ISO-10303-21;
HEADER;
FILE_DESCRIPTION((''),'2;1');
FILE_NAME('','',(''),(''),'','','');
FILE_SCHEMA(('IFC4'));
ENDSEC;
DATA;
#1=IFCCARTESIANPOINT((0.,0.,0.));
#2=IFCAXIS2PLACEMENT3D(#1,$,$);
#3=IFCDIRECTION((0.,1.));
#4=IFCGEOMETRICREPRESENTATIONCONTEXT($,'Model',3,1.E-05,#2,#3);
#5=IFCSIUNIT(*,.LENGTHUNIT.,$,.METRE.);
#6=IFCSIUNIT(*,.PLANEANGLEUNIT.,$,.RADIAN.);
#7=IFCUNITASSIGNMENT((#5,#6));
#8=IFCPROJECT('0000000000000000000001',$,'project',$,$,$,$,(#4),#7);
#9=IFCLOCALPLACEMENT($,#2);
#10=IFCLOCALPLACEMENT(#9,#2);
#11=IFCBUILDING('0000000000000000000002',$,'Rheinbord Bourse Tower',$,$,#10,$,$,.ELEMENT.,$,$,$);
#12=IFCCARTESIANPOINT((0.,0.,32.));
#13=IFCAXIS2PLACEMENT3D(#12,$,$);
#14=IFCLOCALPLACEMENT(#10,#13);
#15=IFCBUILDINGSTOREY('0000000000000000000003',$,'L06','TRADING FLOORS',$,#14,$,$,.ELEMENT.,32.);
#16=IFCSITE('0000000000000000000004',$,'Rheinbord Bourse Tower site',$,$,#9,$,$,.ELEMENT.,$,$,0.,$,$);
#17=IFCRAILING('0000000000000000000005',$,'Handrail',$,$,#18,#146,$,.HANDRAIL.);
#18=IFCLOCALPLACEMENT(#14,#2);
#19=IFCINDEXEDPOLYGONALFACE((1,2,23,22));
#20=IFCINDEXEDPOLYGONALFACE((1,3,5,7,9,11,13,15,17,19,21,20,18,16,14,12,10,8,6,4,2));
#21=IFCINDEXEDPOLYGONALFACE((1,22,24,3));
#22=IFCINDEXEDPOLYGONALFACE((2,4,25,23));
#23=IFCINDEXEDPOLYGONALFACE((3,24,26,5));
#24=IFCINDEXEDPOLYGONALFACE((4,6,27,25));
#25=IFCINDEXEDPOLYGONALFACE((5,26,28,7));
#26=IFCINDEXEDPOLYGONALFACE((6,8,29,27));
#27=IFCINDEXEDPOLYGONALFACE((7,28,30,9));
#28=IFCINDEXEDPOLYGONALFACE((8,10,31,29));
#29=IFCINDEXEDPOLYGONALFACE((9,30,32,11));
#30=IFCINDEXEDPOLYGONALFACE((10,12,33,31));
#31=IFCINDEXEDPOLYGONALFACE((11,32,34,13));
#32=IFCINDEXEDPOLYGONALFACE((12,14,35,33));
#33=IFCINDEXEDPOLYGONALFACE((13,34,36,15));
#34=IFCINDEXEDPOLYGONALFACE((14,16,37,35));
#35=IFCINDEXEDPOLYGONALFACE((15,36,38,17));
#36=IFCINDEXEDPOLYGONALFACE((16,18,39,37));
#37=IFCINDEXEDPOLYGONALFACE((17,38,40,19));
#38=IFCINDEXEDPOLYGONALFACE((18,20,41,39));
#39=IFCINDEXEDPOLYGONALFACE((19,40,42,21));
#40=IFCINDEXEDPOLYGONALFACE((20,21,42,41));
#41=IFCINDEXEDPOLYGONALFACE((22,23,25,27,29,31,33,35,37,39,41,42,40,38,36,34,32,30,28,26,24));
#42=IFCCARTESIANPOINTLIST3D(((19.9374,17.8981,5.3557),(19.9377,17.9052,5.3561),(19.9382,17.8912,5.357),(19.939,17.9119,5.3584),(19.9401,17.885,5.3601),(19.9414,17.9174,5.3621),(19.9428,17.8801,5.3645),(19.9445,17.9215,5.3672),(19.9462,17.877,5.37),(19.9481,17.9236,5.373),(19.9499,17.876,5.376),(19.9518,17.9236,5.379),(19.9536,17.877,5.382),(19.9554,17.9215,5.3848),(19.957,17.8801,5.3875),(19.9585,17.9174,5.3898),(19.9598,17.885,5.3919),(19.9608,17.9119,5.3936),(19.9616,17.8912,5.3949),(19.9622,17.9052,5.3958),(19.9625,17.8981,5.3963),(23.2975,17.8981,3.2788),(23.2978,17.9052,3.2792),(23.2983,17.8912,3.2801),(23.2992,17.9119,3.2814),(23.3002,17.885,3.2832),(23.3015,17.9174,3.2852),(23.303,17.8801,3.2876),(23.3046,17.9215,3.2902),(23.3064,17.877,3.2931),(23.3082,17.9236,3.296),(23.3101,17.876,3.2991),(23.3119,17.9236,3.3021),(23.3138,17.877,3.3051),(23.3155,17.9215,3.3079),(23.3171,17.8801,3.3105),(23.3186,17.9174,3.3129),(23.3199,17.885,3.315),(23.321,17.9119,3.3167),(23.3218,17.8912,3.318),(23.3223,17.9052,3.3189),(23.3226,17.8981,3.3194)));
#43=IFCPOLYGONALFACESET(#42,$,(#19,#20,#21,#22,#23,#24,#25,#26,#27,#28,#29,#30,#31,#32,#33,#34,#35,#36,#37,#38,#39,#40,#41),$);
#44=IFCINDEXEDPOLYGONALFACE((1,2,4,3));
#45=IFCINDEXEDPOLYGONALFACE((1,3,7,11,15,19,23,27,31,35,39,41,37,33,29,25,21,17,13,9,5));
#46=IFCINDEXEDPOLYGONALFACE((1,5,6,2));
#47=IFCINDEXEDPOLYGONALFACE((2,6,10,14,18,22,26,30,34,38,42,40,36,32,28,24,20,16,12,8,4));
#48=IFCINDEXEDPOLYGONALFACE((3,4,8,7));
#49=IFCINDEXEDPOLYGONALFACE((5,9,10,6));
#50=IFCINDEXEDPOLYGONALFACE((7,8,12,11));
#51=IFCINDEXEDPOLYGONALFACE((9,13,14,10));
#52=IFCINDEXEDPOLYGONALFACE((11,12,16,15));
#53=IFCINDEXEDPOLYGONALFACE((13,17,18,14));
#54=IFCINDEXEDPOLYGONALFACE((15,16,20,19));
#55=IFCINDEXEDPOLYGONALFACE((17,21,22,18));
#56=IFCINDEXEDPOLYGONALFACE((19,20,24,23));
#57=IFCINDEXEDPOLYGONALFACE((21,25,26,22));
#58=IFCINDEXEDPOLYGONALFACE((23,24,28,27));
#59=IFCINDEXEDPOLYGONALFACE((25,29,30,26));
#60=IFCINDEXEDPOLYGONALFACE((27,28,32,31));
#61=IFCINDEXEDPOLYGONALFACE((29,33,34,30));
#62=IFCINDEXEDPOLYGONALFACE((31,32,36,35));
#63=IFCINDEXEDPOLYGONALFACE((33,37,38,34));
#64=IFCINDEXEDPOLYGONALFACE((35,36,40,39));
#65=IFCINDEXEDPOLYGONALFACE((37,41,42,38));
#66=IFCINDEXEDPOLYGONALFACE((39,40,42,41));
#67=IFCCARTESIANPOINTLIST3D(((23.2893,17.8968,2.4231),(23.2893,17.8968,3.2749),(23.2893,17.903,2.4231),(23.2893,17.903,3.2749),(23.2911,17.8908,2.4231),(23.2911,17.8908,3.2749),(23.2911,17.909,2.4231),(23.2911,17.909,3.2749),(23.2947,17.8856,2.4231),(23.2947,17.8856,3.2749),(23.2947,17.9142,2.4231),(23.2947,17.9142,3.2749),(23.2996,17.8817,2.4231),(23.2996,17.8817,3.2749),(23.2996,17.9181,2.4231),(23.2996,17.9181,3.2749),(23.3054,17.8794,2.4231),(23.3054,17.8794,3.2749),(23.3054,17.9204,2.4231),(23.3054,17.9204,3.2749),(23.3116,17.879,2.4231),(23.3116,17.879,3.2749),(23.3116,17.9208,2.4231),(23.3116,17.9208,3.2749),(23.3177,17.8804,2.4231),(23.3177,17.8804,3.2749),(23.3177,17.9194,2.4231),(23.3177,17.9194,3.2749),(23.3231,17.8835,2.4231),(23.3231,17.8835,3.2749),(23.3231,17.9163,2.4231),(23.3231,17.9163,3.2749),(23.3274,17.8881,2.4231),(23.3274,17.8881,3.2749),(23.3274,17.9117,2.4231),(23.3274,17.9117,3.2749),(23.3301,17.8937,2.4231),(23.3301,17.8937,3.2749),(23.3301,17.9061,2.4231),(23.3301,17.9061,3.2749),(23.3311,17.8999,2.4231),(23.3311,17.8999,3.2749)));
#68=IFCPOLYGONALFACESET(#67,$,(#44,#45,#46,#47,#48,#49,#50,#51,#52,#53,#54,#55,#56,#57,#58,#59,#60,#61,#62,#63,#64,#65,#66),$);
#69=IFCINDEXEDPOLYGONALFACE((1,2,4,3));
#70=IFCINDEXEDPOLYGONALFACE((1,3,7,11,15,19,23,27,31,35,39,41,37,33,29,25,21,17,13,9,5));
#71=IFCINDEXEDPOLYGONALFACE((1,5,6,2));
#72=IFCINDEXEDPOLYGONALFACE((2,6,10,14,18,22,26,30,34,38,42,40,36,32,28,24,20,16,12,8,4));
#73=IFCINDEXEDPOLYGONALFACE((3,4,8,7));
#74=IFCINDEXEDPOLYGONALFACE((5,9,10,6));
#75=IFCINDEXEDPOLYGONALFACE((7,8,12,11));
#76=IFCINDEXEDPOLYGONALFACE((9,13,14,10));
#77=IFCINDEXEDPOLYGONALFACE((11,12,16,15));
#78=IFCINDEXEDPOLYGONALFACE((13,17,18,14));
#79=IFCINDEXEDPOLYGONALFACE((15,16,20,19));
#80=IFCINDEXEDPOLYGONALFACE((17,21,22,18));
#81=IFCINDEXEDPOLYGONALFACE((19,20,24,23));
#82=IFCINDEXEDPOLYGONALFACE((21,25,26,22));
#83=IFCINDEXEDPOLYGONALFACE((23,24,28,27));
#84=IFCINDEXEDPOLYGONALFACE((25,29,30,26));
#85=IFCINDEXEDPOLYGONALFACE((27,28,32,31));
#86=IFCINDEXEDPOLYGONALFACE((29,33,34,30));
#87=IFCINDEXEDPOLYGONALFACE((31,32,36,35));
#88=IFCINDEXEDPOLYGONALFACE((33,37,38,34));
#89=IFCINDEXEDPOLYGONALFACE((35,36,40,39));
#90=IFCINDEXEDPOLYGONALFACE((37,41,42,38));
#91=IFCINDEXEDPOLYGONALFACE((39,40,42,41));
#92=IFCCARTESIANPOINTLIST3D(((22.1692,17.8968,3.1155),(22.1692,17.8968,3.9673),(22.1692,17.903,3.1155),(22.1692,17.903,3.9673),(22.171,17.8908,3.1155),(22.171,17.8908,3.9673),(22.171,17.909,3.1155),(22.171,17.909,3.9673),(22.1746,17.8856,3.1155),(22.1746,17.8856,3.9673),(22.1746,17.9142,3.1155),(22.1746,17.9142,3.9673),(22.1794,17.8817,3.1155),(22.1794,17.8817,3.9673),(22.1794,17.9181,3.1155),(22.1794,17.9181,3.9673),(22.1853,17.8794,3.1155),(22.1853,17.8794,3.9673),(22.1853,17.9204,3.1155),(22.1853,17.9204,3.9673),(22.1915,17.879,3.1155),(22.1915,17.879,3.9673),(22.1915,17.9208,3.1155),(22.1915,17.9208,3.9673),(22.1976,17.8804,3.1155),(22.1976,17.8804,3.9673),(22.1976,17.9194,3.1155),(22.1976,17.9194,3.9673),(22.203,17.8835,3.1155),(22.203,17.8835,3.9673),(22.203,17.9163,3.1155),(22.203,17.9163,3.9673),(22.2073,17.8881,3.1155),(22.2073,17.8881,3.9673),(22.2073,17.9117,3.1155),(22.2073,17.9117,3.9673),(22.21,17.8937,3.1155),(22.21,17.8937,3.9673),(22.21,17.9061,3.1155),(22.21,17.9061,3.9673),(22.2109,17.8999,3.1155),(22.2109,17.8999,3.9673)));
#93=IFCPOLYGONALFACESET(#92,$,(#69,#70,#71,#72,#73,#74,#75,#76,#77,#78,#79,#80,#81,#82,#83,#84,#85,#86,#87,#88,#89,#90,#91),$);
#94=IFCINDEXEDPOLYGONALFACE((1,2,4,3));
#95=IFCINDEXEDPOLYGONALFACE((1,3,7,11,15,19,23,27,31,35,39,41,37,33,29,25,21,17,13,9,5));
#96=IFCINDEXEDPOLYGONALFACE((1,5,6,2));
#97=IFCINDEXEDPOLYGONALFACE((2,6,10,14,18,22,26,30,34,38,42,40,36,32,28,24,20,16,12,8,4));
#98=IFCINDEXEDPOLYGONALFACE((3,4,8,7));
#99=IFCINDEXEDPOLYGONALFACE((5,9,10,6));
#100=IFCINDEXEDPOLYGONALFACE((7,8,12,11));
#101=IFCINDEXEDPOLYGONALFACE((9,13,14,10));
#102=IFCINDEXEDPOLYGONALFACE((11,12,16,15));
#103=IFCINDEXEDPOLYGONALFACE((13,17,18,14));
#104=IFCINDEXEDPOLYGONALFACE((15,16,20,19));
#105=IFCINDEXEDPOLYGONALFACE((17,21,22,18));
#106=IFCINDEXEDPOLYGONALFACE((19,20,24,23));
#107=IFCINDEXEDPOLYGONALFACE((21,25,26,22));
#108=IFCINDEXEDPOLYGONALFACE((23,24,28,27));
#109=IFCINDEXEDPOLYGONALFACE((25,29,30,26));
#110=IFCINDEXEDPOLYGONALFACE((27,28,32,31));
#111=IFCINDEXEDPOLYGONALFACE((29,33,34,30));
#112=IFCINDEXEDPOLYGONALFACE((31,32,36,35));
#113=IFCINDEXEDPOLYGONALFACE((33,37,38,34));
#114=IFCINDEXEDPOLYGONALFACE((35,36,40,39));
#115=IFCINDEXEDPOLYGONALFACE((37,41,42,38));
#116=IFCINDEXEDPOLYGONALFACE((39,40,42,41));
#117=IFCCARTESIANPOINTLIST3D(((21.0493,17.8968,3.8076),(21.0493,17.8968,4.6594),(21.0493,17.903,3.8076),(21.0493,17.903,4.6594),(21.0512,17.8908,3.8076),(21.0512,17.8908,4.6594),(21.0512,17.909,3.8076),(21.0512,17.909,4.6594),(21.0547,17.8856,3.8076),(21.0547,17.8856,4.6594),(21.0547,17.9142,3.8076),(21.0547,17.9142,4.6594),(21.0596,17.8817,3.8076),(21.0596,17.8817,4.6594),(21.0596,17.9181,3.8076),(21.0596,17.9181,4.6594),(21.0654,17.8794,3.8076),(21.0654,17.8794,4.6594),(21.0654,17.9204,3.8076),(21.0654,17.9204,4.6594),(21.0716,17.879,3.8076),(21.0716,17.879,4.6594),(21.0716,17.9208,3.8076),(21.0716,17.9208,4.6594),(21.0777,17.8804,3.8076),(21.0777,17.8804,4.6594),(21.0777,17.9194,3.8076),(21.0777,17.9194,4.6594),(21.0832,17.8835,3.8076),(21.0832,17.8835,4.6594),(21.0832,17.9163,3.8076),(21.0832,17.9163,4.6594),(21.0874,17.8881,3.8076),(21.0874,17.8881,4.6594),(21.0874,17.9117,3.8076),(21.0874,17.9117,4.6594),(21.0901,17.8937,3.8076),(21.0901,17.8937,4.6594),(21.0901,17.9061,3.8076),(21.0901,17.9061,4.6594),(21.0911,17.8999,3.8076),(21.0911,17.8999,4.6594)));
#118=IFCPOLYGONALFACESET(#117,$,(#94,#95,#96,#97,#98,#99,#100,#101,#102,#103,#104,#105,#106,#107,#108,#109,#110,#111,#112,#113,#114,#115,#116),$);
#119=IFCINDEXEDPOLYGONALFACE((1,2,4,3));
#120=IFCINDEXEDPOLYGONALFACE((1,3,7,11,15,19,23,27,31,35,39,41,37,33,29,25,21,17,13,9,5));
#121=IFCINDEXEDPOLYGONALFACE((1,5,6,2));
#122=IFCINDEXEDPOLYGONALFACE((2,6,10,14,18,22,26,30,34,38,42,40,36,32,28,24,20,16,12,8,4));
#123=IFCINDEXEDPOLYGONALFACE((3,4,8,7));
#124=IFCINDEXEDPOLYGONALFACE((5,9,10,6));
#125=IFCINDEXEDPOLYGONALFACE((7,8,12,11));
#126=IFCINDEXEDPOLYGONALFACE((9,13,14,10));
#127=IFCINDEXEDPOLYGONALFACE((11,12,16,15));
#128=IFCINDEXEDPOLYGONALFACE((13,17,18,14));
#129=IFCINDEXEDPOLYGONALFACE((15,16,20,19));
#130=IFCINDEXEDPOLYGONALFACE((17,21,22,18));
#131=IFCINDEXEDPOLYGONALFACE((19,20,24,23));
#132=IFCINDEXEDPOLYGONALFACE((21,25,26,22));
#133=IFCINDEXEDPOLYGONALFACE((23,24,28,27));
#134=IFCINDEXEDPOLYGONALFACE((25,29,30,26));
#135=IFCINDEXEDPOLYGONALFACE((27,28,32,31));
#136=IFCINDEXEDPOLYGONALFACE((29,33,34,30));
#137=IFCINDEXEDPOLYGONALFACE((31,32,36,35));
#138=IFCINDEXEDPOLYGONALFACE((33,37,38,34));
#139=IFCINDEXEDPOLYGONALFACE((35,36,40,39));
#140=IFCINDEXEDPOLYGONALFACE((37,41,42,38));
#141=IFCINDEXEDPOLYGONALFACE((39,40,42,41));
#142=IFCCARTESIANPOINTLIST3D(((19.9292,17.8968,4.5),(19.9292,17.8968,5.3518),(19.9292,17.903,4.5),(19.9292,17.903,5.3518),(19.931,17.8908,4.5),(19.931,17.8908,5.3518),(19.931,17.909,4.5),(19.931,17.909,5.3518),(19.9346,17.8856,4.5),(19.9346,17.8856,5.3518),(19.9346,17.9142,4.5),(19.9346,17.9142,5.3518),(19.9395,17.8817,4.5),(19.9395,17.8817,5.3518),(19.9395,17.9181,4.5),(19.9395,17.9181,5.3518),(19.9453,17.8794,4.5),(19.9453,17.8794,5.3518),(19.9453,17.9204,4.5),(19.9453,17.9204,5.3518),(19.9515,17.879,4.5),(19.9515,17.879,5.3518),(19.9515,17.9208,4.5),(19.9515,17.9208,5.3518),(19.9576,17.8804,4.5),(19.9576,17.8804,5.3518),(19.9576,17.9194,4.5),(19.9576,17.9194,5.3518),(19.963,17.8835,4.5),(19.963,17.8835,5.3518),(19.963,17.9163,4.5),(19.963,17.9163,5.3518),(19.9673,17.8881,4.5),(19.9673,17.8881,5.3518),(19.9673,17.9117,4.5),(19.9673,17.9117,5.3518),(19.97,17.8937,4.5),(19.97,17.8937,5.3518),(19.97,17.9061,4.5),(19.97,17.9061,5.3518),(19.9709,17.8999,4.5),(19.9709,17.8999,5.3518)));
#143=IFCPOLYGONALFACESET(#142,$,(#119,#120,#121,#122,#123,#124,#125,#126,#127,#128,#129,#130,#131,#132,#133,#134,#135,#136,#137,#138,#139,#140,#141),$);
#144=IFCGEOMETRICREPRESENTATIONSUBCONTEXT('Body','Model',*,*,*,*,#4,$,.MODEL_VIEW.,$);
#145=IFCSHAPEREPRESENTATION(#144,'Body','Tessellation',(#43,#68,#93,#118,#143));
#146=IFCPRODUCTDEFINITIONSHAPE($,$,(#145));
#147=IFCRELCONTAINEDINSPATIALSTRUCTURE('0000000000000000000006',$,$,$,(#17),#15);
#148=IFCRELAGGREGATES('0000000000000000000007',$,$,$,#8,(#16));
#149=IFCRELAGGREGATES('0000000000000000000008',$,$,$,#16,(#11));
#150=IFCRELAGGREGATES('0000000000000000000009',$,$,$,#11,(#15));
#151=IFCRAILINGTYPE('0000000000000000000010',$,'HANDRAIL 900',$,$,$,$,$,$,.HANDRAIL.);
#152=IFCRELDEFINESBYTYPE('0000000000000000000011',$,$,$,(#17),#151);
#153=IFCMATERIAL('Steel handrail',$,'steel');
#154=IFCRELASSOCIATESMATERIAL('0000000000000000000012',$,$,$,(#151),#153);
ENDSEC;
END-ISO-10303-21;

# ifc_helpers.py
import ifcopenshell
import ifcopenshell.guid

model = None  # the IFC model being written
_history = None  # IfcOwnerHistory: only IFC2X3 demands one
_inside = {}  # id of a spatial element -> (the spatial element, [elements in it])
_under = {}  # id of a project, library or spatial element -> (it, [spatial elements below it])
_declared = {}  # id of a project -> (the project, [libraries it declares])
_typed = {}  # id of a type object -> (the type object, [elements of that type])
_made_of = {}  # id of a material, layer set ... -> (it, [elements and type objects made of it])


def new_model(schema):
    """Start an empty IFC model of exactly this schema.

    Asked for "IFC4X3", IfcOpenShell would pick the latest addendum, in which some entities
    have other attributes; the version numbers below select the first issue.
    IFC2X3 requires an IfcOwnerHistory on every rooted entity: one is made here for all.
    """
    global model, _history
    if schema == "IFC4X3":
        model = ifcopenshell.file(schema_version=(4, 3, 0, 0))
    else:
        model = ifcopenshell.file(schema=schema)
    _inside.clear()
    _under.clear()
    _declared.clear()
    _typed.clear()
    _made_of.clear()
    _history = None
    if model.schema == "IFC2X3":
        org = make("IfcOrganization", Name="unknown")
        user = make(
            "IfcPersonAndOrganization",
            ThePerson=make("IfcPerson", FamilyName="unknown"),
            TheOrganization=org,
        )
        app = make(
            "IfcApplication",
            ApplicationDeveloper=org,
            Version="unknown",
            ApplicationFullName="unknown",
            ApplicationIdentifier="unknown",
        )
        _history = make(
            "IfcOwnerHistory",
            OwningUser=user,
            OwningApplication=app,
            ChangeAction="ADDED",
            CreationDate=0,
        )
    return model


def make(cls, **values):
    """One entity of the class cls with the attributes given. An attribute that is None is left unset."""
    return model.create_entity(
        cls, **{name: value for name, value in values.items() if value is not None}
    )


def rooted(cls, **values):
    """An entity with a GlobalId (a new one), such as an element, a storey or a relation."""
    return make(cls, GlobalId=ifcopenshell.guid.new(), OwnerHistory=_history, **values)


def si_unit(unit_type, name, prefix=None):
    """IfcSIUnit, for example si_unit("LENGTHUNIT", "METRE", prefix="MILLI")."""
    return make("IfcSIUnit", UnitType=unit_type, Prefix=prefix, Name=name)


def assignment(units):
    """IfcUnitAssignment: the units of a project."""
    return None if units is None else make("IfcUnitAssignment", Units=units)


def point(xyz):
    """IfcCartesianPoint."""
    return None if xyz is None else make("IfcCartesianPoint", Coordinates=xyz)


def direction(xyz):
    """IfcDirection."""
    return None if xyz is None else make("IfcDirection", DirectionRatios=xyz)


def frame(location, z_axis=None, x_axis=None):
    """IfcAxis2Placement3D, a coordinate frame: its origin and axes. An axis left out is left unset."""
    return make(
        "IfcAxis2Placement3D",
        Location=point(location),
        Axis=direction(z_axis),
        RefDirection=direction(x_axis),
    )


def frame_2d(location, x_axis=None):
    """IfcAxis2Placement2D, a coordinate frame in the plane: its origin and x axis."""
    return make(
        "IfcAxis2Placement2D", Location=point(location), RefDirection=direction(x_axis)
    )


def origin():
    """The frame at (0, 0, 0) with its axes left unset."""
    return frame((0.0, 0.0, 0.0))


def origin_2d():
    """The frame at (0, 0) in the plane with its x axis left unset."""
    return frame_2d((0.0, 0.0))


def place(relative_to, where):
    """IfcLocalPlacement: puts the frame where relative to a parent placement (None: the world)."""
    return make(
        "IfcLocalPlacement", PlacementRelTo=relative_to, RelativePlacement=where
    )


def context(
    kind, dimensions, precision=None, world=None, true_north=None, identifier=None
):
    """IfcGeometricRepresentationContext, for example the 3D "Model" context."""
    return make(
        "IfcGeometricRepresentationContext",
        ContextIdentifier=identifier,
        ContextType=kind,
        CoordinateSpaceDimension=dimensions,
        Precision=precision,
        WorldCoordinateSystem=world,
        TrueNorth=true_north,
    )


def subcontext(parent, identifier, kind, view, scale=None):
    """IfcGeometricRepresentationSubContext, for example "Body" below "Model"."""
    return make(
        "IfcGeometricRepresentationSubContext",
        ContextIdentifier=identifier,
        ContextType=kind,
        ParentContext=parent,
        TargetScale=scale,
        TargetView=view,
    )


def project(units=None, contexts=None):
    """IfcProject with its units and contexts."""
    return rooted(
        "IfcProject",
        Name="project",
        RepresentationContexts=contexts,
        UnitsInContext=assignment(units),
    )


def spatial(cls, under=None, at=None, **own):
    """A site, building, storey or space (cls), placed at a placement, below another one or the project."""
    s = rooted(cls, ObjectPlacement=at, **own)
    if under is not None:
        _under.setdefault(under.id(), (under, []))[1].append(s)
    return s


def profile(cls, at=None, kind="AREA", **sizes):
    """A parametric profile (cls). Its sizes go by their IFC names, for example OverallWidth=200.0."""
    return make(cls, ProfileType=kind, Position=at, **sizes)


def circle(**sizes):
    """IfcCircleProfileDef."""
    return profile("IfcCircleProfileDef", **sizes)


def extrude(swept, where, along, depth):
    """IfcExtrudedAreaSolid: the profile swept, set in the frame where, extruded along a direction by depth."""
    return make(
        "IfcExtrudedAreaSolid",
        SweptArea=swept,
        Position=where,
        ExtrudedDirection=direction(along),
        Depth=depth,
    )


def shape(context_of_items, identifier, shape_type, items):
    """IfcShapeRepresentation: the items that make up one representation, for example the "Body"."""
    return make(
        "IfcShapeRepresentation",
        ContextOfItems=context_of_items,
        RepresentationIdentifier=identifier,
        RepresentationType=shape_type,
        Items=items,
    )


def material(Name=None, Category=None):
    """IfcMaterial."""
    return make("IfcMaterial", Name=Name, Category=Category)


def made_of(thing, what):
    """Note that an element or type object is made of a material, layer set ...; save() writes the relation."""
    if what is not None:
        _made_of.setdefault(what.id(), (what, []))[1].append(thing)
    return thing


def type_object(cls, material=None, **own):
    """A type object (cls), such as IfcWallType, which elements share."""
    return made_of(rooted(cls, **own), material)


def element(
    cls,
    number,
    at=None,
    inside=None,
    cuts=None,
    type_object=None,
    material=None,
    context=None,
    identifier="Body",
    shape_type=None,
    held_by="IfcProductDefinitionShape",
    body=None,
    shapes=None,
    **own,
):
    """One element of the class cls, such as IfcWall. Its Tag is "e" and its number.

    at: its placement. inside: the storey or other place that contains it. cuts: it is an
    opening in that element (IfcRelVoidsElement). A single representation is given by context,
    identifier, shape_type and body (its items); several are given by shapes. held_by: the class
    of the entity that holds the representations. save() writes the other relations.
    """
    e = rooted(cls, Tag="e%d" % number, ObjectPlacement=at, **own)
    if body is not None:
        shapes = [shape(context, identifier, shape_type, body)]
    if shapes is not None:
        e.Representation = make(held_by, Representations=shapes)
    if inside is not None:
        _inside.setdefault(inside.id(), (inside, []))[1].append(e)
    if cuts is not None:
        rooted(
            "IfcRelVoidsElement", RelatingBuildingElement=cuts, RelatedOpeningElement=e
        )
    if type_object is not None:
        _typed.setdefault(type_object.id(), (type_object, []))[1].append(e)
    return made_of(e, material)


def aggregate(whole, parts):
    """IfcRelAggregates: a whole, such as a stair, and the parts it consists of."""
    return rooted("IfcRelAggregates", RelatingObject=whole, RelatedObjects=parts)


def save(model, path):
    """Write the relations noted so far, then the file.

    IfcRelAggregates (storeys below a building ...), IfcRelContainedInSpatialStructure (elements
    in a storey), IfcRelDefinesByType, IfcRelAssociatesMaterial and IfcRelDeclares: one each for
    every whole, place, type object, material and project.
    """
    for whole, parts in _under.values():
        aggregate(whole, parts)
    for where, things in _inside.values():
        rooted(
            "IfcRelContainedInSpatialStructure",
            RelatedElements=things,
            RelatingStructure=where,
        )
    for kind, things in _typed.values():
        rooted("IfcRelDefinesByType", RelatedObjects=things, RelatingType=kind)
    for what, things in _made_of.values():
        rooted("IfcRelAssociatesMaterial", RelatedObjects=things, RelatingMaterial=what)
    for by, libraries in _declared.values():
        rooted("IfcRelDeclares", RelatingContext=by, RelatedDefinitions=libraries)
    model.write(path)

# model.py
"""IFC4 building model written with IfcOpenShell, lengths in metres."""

from ifc_helpers import new_model, si_unit, direction, frame, origin, origin_2d, place, context, subcontext, project, spatial, circle, extrude, material, type_object, element, save


model = new_model("IFC4")

# Units and contexts
model_context = context("Model", 3, precision=1e-05, world=origin(), true_north=direction((0.0, 1.0)))
body_context = subcontext(model_context, "Body", "Model", "MODEL_VIEW")
ifc_project = project(units=[si_unit("LENGTHUNIT", "METRE"), si_unit("PLANEANGLEUNIT", "RADIAN")], contexts=[model_context])

# Site, building, storey
site_placement = place(None, origin())
site = spatial("IfcSite", under=ifc_project, at=site_placement, Name="Rheinbord Bourse Tower site", CompositionType="ELEMENT", RefElevation=0.0)
building_placement = place(site_placement, origin())
building = spatial("IfcBuilding", under=site, at=building_placement, Name="Rheinbord Bourse Tower", CompositionType="ELEMENT")
storey_placement = place(building_placement, frame((0.0, 0.0, 32.0)))
storey = spatial("IfcBuildingStorey", under=building, at=storey_placement, Name="L06", Description="TRADING FLOORS", CompositionType="ELEMENT", Elevation=32.0)

# Railing
ifc_material_1 = material(Name="Steel handrail", Category="steel")
railing_type = type_object("IfcRailingType", Name="HANDRAIL 900", PredefinedType="HANDRAIL", material=ifc_material_1)
railing_1_placement = place(storey_placement, frame((23.3101, 17.8999, 2.4231)))
element("IfcRailing", 1, at=railing_1_placement, inside=storey, type_object=railing_type, Name="Handrail", PredefinedType="HANDRAIL", context=body_context, shape_type="SweptSolid", body=[
    extrude(circle(Radius=0.0239, at=origin_2d()), frame((0.0, 0.0, 0.876), z_axis=(-0.850623, 0.0, 0.525776), x_axis=(0.0, -1.0, 0.0)), (0.0, 0.0, 1.0), 3.9502),
    extrude(circle(Radius=0.021, at=origin_2d()), origin(), (0.0, 0.0, 1.0), 0.8518),
    extrude(circle(Radius=0.021, at=origin_2d()), frame((-1.1201, 0.0, 0.6924)), (0.0, 0.0, 1.0), 0.8518),
    extrude(circle(Radius=0.021, at=origin_2d()), frame((-2.24, 0.0, 1.3845)), (0.0, 0.0, 1.0), 0.8518),
    extrude(circle(Radius=0.021, at=origin_2d()), frame((-3.3601, 0.0, 2.0769)), (0.0, 0.0, 1.0), 0.8518),
])

save(model, "model.ifc")
